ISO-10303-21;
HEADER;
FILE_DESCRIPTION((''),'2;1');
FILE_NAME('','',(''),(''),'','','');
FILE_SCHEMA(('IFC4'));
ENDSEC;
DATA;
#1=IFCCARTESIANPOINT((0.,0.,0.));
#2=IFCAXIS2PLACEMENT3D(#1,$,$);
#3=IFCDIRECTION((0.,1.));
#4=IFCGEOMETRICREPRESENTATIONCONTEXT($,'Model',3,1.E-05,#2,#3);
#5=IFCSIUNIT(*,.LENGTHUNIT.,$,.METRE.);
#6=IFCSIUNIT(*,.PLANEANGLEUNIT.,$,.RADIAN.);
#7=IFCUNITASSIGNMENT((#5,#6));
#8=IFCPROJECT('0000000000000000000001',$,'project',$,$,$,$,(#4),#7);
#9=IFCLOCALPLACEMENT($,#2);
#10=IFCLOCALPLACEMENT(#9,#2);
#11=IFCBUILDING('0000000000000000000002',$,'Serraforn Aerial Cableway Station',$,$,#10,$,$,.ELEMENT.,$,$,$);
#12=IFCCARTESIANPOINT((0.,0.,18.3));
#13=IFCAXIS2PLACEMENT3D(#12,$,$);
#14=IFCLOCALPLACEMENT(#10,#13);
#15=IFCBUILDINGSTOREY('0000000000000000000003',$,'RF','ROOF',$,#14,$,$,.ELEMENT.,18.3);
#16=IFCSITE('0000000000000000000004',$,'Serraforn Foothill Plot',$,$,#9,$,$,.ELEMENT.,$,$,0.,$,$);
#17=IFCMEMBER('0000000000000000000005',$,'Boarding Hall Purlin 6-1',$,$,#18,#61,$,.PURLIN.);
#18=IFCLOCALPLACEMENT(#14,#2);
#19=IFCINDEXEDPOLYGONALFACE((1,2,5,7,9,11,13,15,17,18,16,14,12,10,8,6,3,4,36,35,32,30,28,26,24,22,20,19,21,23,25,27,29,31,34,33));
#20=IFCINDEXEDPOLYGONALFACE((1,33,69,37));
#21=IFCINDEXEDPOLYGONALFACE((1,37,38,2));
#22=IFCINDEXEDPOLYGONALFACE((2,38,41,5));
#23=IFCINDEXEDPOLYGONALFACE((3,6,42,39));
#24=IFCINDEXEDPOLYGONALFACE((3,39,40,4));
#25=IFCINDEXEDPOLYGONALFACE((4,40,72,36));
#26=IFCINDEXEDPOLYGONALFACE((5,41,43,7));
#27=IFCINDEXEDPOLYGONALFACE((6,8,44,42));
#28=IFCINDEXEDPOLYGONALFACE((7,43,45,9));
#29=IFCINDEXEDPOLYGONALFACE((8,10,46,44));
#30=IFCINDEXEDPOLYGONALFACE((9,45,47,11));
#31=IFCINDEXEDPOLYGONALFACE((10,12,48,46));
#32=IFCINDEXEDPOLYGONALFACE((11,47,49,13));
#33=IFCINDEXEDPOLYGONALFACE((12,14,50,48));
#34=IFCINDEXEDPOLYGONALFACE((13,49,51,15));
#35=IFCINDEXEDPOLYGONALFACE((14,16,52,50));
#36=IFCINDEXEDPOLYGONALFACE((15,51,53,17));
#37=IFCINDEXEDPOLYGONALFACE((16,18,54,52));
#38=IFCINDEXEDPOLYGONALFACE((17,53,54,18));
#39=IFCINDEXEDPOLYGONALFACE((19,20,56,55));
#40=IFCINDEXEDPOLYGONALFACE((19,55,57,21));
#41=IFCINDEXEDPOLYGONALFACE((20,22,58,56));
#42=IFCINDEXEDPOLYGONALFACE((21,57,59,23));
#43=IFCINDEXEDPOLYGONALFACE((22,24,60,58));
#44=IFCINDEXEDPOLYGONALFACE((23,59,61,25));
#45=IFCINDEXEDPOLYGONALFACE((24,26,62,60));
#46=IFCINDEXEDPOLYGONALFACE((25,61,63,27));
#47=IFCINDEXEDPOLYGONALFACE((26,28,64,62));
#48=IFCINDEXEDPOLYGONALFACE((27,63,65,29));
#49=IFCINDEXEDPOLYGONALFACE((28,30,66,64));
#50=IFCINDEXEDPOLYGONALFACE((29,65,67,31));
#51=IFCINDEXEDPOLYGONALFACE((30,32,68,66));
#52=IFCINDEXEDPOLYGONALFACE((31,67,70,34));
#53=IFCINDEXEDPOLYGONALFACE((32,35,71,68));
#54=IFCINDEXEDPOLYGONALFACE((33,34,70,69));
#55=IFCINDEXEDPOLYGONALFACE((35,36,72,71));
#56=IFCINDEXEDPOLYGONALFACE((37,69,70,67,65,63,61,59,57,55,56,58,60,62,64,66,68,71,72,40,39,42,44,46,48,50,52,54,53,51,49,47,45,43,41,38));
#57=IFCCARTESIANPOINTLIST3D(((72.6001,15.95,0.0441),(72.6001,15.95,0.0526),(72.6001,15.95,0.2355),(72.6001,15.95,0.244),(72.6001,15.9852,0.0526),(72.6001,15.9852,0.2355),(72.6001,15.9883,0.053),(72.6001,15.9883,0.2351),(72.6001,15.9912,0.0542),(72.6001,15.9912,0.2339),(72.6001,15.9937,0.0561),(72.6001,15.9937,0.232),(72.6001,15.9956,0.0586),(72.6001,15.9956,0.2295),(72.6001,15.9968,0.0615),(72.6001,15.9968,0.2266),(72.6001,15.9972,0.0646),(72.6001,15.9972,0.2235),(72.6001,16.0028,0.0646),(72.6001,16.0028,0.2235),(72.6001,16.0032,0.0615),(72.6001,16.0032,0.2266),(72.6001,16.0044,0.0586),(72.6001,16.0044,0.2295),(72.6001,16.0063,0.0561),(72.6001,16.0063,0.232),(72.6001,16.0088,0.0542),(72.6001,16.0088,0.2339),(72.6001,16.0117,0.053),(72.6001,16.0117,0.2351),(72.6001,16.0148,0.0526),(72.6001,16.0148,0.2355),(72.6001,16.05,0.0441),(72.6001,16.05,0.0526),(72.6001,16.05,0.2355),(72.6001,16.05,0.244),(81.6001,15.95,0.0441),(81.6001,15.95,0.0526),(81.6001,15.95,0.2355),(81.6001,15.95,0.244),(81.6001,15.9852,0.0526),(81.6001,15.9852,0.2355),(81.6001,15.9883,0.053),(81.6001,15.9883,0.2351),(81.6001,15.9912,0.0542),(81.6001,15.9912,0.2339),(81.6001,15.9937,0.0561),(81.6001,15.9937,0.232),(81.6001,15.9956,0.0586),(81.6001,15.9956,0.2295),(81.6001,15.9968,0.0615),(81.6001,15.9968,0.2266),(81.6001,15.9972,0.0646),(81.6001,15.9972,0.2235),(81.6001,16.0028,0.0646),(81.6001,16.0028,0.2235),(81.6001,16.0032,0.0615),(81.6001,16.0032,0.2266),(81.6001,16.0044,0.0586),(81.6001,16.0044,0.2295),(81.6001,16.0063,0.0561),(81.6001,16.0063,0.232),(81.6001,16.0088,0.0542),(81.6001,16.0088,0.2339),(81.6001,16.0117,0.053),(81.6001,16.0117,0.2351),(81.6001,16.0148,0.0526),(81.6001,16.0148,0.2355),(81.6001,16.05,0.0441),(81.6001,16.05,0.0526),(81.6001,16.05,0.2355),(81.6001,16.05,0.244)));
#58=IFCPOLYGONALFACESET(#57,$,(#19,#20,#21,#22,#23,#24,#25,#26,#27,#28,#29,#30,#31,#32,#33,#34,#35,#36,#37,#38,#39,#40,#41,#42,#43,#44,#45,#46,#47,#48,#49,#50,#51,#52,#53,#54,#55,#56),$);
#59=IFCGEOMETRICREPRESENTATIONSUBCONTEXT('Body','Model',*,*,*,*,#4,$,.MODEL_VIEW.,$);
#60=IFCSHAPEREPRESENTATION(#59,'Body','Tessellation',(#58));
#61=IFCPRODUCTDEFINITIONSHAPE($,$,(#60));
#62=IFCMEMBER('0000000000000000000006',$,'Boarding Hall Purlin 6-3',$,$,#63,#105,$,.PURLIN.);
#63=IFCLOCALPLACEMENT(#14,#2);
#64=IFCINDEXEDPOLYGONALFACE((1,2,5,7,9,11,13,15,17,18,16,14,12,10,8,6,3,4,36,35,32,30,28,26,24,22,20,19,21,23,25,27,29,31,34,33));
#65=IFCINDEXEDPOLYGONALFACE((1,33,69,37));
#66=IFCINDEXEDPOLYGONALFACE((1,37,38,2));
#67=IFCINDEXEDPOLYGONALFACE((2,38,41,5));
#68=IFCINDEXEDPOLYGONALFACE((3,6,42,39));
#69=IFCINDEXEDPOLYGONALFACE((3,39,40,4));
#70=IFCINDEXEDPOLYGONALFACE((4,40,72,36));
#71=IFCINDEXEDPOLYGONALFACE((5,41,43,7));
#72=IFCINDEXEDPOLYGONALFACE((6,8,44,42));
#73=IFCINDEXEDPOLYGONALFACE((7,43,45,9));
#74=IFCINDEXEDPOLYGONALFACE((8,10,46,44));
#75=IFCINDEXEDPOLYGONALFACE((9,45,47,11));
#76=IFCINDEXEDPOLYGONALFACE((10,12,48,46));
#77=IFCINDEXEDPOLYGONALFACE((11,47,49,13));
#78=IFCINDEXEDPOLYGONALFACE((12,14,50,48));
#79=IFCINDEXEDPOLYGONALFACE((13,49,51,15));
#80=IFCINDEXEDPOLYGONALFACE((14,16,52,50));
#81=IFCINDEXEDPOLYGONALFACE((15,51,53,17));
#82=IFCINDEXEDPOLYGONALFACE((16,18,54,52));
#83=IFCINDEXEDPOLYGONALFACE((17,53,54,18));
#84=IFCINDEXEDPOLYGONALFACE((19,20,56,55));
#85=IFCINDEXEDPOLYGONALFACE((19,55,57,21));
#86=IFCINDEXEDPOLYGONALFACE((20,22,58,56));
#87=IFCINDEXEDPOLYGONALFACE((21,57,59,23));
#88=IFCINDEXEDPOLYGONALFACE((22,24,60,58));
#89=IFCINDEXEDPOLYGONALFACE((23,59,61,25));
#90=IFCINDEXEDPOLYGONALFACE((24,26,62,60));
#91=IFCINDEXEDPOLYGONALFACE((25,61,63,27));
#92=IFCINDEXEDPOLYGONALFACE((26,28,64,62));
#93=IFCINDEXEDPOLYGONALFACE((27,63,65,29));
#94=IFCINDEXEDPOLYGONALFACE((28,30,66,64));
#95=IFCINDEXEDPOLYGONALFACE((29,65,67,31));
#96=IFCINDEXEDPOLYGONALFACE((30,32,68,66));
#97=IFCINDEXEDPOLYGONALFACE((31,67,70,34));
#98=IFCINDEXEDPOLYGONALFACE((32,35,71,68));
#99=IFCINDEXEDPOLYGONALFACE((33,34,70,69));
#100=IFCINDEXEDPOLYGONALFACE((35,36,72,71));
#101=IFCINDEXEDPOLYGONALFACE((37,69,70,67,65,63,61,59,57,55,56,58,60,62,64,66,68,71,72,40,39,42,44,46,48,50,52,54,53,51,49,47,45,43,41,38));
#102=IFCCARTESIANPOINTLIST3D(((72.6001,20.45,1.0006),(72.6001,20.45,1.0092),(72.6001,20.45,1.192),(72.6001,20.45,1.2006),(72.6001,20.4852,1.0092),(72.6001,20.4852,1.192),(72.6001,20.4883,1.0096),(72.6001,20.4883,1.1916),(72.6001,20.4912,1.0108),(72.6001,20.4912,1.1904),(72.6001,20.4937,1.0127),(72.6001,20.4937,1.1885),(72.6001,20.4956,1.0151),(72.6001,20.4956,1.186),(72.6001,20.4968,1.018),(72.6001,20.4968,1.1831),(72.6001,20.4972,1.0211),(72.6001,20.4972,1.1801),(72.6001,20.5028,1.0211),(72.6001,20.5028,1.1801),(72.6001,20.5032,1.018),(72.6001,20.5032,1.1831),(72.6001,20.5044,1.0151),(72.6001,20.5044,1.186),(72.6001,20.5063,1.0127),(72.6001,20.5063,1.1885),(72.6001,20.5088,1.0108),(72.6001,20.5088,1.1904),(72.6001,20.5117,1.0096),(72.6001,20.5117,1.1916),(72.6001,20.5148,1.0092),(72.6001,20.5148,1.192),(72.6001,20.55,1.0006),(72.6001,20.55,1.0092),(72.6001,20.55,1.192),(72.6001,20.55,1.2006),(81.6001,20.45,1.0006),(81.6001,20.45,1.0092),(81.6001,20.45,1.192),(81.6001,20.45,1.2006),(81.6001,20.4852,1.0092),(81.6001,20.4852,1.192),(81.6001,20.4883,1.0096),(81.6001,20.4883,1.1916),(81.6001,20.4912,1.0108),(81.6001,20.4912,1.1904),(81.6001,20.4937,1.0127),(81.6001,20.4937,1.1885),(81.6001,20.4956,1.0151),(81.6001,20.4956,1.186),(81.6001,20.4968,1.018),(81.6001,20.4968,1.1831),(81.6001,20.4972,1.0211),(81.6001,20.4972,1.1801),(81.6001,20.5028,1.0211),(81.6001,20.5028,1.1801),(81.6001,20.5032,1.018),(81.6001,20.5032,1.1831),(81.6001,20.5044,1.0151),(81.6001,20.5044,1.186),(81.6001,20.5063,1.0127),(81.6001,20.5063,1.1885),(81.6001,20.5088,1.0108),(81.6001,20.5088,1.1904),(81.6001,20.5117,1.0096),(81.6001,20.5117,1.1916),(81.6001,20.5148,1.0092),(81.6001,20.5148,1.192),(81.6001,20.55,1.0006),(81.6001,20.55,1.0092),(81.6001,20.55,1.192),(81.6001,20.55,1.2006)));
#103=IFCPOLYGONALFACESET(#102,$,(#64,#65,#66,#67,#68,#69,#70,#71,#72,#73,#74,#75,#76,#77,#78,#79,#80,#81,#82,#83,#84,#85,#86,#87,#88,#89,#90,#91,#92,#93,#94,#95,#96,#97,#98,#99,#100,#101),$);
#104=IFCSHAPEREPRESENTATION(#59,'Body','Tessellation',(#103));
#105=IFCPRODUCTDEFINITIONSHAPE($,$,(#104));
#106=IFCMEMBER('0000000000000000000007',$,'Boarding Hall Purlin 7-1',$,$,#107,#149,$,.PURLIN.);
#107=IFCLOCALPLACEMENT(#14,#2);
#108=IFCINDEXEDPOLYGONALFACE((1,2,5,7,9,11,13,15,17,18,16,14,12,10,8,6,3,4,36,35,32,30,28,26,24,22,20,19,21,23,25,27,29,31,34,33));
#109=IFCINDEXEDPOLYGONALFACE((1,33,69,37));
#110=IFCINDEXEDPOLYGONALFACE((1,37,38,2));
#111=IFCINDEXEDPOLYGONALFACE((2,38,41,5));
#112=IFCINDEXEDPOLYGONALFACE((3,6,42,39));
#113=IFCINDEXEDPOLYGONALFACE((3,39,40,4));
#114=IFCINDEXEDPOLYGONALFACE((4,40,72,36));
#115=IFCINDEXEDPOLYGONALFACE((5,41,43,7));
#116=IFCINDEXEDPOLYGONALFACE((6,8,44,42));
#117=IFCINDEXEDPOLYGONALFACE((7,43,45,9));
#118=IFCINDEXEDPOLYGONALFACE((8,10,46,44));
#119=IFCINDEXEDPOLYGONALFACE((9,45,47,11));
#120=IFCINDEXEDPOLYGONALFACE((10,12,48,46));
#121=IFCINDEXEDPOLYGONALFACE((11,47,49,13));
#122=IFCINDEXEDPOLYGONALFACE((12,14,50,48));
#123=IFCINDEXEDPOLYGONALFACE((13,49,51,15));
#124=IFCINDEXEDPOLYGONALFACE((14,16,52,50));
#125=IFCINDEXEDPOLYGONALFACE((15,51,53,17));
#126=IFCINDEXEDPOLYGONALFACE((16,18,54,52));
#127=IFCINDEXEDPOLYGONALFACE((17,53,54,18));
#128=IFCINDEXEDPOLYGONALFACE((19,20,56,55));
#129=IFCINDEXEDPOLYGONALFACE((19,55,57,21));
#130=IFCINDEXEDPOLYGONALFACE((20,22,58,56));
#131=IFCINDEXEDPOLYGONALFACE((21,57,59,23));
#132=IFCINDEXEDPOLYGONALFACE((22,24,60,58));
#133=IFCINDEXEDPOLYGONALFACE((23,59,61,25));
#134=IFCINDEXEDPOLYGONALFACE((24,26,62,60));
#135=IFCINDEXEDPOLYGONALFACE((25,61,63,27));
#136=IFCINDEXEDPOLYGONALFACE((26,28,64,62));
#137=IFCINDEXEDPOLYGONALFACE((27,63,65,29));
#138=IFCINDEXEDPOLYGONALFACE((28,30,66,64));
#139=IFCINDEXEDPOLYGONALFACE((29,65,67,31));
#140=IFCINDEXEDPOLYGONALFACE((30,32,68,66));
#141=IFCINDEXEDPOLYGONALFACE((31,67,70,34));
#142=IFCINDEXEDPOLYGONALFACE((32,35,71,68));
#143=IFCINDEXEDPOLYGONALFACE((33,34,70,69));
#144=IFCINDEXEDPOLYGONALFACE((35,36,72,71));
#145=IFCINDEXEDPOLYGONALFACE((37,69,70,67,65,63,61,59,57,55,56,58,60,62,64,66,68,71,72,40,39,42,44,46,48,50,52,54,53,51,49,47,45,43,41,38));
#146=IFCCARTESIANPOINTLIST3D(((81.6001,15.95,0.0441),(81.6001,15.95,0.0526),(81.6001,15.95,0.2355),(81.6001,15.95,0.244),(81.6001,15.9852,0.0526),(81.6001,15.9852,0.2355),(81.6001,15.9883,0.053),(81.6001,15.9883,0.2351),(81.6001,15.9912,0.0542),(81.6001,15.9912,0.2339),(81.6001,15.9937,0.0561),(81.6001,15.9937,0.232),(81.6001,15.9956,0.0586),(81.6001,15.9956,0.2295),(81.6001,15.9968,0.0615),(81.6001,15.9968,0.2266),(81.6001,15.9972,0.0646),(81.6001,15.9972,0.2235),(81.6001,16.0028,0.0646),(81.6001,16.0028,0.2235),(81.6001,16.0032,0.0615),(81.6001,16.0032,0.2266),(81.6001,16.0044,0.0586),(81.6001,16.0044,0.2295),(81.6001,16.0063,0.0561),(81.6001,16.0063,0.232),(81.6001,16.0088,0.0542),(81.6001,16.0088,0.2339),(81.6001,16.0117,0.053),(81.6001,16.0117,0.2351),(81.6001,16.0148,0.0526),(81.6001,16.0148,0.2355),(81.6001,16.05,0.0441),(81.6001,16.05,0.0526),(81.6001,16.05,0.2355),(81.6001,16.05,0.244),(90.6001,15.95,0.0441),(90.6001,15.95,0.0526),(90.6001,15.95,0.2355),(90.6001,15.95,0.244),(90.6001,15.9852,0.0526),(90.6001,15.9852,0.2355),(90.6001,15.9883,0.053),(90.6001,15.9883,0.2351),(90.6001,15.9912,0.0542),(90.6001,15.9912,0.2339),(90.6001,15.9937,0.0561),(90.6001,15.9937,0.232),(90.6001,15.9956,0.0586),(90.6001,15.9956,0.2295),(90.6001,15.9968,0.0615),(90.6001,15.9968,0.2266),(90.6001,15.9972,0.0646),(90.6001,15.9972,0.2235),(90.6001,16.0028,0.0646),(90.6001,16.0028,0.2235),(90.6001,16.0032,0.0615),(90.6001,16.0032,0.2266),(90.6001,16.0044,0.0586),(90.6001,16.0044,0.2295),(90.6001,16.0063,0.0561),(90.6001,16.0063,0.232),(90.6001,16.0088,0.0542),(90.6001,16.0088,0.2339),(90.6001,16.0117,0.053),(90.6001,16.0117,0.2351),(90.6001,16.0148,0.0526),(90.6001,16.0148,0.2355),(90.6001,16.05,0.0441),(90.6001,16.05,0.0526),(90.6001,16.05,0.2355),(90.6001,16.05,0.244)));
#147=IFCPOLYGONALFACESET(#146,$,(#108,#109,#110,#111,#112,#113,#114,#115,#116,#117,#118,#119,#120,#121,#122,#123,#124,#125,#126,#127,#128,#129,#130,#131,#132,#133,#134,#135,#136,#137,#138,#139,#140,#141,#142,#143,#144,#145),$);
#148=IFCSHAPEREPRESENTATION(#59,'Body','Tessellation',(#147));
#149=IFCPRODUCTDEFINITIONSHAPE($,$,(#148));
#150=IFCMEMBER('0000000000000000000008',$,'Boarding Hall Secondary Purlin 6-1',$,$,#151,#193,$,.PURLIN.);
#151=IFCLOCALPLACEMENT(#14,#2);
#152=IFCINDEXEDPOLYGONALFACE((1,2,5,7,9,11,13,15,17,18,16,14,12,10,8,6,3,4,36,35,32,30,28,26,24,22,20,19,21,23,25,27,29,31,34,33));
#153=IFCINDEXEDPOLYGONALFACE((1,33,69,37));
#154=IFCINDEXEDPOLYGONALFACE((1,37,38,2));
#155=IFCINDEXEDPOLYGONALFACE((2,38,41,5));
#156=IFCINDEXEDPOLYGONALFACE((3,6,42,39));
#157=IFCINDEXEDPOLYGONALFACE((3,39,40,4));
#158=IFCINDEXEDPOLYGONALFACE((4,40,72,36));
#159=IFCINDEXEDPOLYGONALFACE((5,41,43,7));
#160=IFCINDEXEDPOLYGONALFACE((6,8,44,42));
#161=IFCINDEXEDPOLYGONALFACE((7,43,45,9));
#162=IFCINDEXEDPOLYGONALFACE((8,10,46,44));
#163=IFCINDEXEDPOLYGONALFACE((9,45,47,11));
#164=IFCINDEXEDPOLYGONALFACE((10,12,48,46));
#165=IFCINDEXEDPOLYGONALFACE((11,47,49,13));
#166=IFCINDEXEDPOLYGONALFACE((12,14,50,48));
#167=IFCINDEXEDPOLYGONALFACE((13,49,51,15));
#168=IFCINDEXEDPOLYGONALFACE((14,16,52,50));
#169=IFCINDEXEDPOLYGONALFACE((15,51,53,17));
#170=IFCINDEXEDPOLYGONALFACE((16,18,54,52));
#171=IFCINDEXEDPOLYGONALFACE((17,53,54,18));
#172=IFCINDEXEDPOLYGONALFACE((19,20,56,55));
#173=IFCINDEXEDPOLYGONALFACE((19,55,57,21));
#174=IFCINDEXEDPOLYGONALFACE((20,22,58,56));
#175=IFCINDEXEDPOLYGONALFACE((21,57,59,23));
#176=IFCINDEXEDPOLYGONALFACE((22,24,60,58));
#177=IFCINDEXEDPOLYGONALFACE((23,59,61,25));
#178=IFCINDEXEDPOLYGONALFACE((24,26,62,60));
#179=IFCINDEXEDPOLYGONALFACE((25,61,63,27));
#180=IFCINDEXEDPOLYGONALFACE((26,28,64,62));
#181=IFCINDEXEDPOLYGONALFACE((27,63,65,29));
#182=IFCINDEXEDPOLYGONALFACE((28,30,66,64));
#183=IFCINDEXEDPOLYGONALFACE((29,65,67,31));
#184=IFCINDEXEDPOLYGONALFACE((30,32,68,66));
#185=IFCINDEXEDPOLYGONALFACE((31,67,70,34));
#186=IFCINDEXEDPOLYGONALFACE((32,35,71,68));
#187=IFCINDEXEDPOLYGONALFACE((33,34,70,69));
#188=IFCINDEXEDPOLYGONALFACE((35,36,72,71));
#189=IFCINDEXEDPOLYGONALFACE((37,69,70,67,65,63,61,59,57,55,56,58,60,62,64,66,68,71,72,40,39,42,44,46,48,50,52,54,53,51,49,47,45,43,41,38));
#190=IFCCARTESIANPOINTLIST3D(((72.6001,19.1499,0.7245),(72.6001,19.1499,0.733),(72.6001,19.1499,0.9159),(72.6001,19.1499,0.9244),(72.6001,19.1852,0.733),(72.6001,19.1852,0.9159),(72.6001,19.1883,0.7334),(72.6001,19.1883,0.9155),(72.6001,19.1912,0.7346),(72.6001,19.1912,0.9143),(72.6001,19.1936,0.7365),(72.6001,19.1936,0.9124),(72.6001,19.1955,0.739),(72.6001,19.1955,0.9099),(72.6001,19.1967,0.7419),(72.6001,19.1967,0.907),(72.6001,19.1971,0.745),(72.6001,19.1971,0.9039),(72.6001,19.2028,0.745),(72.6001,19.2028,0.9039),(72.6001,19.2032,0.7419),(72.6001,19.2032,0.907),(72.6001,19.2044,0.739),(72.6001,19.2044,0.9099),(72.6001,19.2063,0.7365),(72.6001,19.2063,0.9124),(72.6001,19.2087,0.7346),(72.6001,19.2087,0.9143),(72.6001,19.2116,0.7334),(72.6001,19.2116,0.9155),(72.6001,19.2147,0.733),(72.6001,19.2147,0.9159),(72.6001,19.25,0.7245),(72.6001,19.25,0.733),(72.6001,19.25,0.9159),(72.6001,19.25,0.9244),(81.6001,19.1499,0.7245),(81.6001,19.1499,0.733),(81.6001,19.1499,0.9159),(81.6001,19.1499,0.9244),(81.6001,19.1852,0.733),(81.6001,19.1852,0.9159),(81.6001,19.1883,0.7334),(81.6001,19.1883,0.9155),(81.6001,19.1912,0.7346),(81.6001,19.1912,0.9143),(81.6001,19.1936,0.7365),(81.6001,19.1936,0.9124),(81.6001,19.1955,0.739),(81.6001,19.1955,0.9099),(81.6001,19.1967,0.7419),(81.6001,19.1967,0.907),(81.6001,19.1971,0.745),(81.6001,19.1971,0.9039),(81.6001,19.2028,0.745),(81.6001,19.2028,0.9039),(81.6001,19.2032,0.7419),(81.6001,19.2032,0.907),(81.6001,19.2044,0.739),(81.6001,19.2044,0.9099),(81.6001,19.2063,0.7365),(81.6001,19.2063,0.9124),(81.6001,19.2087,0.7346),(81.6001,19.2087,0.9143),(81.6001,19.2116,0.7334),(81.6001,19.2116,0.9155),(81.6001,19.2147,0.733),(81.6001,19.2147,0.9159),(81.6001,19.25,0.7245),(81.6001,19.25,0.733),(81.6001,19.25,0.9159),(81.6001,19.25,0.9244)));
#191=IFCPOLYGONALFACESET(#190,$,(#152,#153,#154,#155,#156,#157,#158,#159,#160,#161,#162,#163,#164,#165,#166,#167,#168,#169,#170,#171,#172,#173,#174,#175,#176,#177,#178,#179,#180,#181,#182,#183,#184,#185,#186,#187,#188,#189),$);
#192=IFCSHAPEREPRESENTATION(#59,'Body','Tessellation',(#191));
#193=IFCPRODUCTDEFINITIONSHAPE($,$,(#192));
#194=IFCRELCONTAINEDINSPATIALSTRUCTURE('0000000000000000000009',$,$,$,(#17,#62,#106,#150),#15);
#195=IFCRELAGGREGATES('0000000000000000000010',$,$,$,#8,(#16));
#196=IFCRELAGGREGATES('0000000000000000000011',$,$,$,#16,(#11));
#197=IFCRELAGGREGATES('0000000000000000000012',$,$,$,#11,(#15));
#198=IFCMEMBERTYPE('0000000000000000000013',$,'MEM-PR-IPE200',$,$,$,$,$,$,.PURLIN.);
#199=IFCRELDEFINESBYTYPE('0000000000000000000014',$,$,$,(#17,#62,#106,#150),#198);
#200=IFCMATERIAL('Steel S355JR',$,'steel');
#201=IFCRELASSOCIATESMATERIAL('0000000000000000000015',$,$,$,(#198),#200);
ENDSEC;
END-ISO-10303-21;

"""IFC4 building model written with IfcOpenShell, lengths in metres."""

from ifc_helpers import new_model, si_unit, direction, frame, origin, origin_2d, place, context, subcontext, project, spatial, i_section, extrude, material, material_profile, profile_set, type_object, element, save


model = new_model("IFC4")

# Units and contexts
model_context = context("Model", 3, precision=1e-05, world=origin(), true_north=direction((0.0, 1.0)))
body_context = subcontext(model_context, "Body", "Model", "MODEL_VIEW")
ifc_project = project(units=[si_unit("LENGTHUNIT", "METRE"), si_unit("PLANEANGLEUNIT", "RADIAN")], contexts=[model_context])

# Site, building, storey
site_placement = place(None, origin())
site = spatial("IfcSite", under=ifc_project, at=site_placement, Name="Serraforn Foothill Plot", CompositionType="ELEMENT", RefElevation=0.0)
building_placement = place(site_placement, origin())
building = spatial("IfcBuilding", under=site, at=building_placement, Name="Serraforn Aerial Cableway Station", CompositionType="ELEMENT")
storey_placement = place(building_placement, frame((0.0, 0.0, 18.3)))
storey = spatial("IfcBuildingStorey", under=building, at=storey_placement, Name="RF", Description="ROOF", CompositionType="ELEMENT", Elevation=18.3)

# Members
ifc_material_1 = material(Name="Steel S355JR", Category="steel")
ifc_material_profile_1 = material_profile(ifc_material_1, i_section(OverallWidth=0.1001, OverallDepth=0.2, WebThickness=0.0056, FlangeThickness=0.0085, FilletRadius=0.012, at=origin_2d()), Name="IPE 200")
ifc_profile_set_1 = profile_set([ifc_material_profile_1], Name="Steel S355JR")
member_type_1 = type_object("IfcMemberType", Name="MEM-PR-IPE200", PredefinedType="PURLIN", material=ifc_profile_set_1)
for number, where, z_axis, x_axis, name in (
    (1, (72.6001, 16.0, 0.144), (1.0, 0.0, 0.0), (0.0, 1.0, 0.0), "Boarding Hall Purlin 6-1"),
    (2, (72.6001, 20.5, 1.1006), (1.0, 0.0, 0.0), (0.0, 1.0, 0.0), "Boarding Hall Purlin 6-3"),
    (3, (81.6001, 16.0, 0.144), (1.0, 0.0, 0.0), (0.0, 1.0, 0.0), "Boarding Hall Purlin 7-1"),
    (4, (72.6001, 19.2, 0.8245), (1.0, 0.0, 0.0), (0.0, 1.0, 0.0), "Boarding Hall Secondary Purlin 6-1"),
):
    element("IfcMember", number, at=place(storey_placement, frame(where, z_axis=z_axis, x_axis=x_axis)), inside=storey, type_object=member_type_1, Name=name, PredefinedType="PURLIN", context=body_context, shape_type="SweptSolid", body=[
        extrude(i_section(OverallWidth=0.1001, OverallDepth=0.2, WebThickness=0.0056, FlangeThickness=0.0085, FilletRadius=0.012, at=origin_2d()), origin(), (0.0, 0.0, 1.0), 9.0),
    ])

save(model, "model.ifc")
